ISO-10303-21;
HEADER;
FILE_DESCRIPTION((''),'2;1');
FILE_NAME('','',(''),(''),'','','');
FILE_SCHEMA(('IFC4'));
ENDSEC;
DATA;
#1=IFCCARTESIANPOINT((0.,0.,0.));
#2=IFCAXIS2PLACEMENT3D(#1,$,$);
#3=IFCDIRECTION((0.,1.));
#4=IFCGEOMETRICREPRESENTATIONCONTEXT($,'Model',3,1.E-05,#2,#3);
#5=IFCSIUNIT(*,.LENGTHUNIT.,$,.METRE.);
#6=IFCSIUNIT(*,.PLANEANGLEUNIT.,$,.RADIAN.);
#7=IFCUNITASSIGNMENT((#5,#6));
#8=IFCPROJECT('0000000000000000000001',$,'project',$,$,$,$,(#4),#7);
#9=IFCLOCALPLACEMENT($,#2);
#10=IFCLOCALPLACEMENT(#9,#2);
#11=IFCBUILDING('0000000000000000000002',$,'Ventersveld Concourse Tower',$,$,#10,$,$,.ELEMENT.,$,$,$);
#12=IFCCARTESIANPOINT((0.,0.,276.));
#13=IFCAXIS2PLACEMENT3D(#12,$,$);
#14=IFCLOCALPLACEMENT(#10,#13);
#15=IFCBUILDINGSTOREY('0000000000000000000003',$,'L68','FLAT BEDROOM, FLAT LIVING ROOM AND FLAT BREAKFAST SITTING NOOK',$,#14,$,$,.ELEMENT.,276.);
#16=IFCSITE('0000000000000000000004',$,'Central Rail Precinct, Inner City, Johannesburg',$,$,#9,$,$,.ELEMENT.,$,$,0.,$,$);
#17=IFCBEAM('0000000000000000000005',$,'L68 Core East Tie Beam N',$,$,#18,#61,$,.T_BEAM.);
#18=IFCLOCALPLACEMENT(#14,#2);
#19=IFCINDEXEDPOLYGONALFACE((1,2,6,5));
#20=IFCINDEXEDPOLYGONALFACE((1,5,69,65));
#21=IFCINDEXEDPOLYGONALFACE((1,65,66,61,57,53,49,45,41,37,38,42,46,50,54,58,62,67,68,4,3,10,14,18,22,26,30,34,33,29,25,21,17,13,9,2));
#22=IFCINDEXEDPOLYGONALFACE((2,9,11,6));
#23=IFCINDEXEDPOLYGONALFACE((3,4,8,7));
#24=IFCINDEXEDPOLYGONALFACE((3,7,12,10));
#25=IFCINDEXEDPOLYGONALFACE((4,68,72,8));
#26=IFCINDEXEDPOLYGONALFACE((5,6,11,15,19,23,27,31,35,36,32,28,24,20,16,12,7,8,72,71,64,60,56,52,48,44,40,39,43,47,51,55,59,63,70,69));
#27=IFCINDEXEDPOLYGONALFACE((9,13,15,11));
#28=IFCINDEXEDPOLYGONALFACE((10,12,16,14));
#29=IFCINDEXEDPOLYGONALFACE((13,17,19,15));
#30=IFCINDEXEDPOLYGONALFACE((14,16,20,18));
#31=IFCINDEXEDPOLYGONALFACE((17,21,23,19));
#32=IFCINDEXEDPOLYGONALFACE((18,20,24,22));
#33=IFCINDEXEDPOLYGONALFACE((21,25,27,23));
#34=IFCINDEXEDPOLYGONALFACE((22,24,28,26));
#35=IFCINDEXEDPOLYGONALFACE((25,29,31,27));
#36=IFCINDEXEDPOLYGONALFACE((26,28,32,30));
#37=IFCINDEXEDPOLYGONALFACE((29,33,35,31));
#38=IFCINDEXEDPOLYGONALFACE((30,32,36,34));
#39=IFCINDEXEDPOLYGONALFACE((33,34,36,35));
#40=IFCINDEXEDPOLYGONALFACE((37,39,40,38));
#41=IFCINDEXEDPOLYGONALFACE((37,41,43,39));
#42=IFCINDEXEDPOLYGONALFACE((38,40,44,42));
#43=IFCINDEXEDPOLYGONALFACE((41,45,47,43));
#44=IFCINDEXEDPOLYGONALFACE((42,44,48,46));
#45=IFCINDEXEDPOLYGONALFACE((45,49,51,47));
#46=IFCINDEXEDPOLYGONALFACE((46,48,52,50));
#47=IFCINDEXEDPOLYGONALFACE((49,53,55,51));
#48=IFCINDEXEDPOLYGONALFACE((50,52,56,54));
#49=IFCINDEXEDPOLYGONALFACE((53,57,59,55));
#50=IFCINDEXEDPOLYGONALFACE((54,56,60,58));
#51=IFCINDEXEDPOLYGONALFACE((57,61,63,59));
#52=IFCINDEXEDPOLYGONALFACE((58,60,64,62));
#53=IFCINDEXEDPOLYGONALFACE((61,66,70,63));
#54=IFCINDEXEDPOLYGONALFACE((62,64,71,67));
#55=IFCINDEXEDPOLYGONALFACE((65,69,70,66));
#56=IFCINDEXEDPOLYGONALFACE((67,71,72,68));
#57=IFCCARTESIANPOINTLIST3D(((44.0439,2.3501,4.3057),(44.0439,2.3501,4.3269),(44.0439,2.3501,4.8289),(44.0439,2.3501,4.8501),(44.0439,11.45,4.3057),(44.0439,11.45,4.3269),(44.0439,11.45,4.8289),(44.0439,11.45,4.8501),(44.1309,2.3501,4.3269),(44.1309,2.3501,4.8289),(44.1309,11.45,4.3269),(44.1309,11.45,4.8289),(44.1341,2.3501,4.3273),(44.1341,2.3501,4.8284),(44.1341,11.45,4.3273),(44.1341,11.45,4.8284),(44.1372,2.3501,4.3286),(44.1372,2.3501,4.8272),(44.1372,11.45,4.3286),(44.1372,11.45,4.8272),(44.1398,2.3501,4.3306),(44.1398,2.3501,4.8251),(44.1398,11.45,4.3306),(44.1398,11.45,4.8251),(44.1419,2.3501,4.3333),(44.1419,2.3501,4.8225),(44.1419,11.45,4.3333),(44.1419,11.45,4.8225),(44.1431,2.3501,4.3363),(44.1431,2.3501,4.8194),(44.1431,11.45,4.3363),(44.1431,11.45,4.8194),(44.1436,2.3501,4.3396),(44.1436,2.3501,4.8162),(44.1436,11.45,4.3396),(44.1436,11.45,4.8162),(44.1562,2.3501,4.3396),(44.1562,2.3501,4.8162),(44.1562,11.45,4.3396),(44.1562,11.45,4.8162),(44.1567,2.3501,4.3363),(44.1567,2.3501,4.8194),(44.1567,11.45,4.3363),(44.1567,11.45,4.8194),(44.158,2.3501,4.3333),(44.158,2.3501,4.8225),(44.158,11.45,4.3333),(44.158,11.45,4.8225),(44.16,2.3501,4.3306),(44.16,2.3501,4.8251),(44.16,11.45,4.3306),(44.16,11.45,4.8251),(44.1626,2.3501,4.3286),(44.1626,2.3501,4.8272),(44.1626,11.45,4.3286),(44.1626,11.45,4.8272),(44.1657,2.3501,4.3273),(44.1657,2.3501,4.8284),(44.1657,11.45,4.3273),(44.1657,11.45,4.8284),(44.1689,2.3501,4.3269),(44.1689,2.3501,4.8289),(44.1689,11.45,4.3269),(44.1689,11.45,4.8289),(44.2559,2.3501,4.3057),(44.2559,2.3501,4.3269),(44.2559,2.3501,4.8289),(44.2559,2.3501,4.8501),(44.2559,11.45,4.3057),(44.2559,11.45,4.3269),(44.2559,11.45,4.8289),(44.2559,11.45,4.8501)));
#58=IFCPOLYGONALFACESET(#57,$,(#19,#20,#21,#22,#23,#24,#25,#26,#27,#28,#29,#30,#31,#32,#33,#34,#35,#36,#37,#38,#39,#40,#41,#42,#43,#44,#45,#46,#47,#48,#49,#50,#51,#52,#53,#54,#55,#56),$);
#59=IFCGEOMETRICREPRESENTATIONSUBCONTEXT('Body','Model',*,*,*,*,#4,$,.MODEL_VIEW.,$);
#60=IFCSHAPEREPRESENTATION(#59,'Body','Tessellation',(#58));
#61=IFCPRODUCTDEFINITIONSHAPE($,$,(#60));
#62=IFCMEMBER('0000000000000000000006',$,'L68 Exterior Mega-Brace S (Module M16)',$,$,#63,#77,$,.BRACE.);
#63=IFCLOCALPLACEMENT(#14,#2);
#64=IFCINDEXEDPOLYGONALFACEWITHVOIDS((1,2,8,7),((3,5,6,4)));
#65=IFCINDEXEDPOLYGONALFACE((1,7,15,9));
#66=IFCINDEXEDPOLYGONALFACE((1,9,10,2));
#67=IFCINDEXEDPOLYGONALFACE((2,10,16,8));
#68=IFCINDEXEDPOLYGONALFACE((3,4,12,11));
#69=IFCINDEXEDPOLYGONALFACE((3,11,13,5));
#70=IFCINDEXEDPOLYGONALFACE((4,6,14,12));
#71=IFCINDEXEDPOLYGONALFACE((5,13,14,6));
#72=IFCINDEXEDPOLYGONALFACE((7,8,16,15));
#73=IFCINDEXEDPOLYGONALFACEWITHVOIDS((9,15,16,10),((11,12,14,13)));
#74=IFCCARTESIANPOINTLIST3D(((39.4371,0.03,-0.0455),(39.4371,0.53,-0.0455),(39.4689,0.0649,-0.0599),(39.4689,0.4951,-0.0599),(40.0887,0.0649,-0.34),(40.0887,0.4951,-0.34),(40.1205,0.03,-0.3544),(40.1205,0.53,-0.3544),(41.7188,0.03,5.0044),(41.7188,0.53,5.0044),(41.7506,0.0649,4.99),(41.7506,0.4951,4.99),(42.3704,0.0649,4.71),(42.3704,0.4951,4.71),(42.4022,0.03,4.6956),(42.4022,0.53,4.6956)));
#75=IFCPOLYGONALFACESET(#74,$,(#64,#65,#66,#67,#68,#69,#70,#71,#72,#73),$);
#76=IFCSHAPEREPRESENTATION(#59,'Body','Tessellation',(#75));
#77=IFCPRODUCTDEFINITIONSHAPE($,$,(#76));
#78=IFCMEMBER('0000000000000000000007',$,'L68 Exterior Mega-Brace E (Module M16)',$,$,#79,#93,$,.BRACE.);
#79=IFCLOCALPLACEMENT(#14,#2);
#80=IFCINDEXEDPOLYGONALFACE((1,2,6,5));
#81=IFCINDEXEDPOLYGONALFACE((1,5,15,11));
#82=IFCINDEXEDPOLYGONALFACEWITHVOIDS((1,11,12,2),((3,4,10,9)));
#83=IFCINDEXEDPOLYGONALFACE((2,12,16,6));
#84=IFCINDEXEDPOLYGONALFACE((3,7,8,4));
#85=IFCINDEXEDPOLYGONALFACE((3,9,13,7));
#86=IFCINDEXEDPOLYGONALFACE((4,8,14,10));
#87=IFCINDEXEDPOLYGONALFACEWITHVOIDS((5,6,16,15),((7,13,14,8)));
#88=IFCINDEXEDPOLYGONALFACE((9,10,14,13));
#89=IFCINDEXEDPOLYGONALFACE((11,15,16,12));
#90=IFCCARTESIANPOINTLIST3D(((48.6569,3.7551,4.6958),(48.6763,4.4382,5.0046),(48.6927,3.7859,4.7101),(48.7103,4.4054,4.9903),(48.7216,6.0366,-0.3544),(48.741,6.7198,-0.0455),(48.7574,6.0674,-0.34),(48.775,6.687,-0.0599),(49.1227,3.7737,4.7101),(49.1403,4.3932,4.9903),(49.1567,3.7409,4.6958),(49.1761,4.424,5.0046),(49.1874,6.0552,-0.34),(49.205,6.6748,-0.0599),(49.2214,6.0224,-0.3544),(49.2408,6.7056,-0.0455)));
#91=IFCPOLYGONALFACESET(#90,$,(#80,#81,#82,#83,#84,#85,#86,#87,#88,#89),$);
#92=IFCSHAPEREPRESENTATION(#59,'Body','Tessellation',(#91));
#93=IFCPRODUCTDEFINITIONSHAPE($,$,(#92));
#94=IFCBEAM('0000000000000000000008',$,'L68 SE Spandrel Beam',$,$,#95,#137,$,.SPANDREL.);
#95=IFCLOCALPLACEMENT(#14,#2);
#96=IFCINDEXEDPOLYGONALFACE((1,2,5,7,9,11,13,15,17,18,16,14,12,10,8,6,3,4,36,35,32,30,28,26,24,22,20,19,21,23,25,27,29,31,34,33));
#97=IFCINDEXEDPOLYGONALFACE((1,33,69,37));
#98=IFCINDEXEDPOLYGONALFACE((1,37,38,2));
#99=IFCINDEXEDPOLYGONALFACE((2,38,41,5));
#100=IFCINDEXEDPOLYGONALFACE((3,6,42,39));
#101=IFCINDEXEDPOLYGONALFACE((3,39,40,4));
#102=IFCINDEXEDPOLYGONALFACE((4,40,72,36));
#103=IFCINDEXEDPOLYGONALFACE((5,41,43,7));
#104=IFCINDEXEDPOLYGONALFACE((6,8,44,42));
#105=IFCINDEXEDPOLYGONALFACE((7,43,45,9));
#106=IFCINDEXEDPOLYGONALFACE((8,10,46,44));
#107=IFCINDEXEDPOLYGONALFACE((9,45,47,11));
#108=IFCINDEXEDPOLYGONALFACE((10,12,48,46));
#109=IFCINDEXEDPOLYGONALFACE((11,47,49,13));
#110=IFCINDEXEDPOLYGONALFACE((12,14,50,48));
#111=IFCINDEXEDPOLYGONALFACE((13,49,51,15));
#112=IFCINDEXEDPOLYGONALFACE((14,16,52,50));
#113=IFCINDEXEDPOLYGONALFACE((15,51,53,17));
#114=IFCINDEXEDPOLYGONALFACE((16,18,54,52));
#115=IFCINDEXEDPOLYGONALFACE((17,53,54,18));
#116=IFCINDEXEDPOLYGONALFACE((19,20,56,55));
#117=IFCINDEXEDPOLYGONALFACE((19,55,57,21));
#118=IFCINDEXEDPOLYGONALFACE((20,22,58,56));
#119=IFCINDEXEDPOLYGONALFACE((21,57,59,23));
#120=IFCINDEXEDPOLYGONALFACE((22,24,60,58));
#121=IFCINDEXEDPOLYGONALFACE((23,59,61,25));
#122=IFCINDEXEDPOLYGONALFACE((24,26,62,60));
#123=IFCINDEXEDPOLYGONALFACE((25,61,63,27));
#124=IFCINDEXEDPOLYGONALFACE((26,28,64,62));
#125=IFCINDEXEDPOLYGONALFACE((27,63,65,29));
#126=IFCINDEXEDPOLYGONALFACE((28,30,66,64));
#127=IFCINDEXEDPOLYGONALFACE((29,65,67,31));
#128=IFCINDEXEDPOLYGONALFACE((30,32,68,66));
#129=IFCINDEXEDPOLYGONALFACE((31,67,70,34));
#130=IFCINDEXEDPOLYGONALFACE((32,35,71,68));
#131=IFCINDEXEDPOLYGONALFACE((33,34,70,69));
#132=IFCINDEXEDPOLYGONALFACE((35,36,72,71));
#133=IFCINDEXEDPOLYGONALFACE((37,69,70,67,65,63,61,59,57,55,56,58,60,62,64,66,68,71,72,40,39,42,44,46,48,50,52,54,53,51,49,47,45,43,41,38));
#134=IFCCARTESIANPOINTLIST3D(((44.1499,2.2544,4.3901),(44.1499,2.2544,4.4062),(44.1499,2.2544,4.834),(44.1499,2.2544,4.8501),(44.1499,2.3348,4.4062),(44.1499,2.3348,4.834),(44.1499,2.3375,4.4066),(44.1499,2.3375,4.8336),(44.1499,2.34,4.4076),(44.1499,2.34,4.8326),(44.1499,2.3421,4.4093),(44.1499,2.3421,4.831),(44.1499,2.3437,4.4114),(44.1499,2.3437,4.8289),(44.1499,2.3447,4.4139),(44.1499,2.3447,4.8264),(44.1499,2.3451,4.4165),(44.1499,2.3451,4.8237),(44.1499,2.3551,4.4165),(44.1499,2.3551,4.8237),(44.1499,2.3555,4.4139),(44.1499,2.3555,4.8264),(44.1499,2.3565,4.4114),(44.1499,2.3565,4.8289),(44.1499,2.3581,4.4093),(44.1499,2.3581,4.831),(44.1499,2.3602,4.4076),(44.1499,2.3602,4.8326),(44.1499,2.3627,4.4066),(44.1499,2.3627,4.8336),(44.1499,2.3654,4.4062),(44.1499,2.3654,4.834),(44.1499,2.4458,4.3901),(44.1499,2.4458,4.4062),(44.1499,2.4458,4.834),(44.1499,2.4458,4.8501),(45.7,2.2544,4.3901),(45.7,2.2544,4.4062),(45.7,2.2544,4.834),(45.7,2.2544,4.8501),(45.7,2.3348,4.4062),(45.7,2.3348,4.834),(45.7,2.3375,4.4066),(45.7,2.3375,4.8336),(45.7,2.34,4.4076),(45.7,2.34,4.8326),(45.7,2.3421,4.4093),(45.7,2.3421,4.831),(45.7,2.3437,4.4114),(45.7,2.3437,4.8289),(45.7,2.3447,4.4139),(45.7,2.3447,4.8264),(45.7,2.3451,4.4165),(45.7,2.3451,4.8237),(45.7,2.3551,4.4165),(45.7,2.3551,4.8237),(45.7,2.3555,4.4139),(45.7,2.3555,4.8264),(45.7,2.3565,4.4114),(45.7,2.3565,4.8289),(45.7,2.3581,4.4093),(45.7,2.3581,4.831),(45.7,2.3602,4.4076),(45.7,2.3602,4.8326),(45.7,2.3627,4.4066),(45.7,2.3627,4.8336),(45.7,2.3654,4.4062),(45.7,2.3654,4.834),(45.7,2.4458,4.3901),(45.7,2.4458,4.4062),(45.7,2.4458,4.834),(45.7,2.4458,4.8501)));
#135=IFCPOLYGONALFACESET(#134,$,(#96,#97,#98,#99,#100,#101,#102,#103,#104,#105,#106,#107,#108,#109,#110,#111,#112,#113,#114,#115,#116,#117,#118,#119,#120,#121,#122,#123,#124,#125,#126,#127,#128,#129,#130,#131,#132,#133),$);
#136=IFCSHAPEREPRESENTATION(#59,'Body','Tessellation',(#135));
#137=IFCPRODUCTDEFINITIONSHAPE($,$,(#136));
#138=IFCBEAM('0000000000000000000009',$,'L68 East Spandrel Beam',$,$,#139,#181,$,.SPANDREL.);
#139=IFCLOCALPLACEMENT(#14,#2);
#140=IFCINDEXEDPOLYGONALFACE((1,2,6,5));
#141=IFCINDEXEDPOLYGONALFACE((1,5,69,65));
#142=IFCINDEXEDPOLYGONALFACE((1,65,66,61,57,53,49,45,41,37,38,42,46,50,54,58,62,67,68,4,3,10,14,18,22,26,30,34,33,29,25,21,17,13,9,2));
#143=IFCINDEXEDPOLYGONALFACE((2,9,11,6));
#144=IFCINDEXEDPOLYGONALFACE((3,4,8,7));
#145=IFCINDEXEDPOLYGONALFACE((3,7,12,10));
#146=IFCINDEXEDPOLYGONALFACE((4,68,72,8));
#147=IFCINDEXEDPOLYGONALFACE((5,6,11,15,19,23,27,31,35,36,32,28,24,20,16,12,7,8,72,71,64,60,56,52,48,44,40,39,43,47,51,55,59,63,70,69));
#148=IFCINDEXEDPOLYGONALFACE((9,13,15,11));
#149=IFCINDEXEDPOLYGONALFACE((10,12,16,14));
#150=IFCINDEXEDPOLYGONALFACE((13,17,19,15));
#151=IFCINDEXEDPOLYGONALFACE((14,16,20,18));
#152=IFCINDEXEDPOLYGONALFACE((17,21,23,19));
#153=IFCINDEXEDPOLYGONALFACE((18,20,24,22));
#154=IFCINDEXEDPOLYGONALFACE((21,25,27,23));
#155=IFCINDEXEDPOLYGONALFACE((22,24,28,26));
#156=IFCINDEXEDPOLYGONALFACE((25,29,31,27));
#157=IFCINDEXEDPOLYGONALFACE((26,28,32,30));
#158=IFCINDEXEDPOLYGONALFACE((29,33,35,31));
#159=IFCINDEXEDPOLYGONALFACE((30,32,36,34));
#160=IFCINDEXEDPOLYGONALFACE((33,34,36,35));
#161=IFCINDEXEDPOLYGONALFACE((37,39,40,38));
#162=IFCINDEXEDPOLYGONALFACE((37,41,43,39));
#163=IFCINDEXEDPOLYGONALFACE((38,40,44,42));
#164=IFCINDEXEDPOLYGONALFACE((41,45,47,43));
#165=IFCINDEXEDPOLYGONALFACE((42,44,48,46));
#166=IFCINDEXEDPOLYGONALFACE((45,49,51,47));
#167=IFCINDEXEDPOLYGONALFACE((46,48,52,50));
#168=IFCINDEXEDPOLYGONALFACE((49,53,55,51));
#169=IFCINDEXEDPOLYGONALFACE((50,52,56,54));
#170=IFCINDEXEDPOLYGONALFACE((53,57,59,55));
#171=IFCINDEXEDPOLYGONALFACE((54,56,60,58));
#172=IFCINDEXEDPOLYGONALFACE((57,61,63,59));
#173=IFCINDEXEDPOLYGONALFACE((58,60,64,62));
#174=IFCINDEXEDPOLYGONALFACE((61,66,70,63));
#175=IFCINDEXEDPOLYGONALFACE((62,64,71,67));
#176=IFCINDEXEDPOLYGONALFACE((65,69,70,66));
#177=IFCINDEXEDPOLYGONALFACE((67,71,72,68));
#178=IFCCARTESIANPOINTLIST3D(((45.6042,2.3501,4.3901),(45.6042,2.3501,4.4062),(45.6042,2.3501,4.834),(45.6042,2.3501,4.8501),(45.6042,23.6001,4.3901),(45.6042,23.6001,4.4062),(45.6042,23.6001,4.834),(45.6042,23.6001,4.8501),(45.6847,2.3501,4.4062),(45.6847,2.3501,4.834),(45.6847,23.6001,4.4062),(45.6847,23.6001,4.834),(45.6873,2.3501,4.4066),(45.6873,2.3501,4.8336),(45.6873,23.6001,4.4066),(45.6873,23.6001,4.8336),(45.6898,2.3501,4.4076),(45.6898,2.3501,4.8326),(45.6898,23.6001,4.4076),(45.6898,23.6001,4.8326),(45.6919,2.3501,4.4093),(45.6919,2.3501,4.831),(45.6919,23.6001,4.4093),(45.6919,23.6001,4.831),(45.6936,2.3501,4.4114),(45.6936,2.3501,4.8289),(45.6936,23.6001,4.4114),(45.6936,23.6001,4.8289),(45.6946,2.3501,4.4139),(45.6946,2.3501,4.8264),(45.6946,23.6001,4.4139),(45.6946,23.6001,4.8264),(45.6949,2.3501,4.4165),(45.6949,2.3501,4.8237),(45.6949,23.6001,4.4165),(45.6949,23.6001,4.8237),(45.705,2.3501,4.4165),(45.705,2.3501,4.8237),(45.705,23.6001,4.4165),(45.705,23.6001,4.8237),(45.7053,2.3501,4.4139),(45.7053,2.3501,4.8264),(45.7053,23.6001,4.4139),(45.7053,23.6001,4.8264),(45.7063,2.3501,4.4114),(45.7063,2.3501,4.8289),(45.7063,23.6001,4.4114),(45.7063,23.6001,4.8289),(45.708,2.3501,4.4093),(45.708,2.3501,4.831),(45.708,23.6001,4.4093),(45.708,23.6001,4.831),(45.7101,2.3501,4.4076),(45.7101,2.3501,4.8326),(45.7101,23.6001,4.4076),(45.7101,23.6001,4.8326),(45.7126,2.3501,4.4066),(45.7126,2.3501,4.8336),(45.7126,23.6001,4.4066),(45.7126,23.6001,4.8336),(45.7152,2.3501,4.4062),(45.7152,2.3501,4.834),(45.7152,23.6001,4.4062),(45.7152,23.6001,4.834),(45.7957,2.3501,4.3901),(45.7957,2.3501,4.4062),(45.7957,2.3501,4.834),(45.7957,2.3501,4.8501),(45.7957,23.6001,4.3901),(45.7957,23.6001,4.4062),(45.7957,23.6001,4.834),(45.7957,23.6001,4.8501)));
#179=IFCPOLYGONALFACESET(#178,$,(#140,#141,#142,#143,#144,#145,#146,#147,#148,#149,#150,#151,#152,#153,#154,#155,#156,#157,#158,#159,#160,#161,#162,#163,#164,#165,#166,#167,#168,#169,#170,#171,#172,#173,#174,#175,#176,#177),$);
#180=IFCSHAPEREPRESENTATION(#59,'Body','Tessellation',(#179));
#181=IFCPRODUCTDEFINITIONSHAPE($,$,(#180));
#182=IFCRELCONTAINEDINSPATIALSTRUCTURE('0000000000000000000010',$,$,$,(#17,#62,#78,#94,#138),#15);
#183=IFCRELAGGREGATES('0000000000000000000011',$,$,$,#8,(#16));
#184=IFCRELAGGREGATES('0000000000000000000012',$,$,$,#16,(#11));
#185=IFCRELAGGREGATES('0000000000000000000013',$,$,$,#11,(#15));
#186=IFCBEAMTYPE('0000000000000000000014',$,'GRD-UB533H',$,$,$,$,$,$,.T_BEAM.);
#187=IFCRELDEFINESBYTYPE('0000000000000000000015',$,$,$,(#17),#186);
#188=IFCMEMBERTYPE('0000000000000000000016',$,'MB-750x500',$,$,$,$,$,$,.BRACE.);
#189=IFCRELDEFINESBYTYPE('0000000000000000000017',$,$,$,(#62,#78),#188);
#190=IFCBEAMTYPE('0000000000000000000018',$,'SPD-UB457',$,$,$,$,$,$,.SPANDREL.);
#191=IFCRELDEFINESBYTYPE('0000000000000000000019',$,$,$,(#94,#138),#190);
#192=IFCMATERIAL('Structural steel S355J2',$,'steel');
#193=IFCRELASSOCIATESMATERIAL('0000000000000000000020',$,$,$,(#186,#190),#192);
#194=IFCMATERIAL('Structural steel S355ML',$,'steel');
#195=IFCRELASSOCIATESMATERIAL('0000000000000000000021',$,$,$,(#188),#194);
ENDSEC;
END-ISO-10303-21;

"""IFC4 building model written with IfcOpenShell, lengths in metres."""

from ifc_helpers import new_model, si_unit, direction, frame, origin, origin_2d, place, context, subcontext, project, spatial, hollow_rectangle, i_section, extrude, material, material_profile, profile_set, type_object, element, save


model = new_model("IFC4")

# Units and contexts
model_context = context("Model", 3, precision=1e-05, world=origin(), true_north=direction((0.0, 1.0)))
body_context = subcontext(model_context, "Body", "Model", "MODEL_VIEW")
ifc_project = project(units=[si_unit("LENGTHUNIT", "METRE"), si_unit("PLANEANGLEUNIT", "RADIAN")], contexts=[model_context])

# Site, building, storey
site_placement = place(None, origin())
site = spatial("IfcSite", under=ifc_project, at=site_placement, Name="Central Rail Precinct, Inner City, Johannesburg", CompositionType="ELEMENT", RefElevation=0.0)
building_placement = place(site_placement, origin())
building = spatial("IfcBuilding", under=site, at=building_placement, Name="Ventersveld Concourse Tower", CompositionType="ELEMENT")
storey_placement = place(building_placement, frame((0.0, 0.0, 276.0)))
storey = spatial("IfcBuildingStorey", under=building, at=storey_placement, Name="L68", Description="FLAT BEDROOM, FLAT LIVING ROOM AND FLAT BREAKFAST SITTING NOOK", CompositionType="ELEMENT", Elevation=276.0)

# Beam
ifc_material_1 = material(Name="Structural steel S355J2", Category="steel")
ifc_material_profile_1 = material_profile(ifc_material_1, i_section(OverallWidth=0.2119, OverallDepth=0.5444, WebThickness=0.0127, FlangeThickness=0.0212, FilletRadius=0.0127, at=origin_2d()), Name="UB 533x210x122")
ifc_profile_set_1 = profile_set([ifc_material_profile_1], Name="Structural steel S355J2")
beam_type_1 = type_object("IfcBeamType", Name="GRD-UB533H", PredefinedType="T_BEAM", material=ifc_profile_set_1)
beam_1_placement = place(storey_placement, frame((44.1499, 2.3501, 4.5779), z_axis=(0.0, 1.0, 0.0), x_axis=(-1.0, 0.0, 0.0)))
element("IfcBeam", 1, at=beam_1_placement, inside=storey, type_object=beam_type_1, Name="L68 Core East Tie Beam N", PredefinedType="T_BEAM", context=body_context, shape_type="SweptSolid", body=[
    extrude(i_section(OverallWidth=0.2119, OverallDepth=0.5444, WebThickness=0.0127, FlangeThickness=0.0212, FilletRadius=0.0127, at=origin_2d()), origin(), (0.0, 0.0, 1.0), 9.0999),
])

# Members
ifc_material_2 = material(Name="Structural steel S355ML", Category="steel")
ifc_material_profile_2 = material_profile(ifc_material_2, hollow_rectangle(XDim=0.5, YDim=0.75, WallThickness=0.0349, at=origin_2d()), Name="BOX 750x500x35")
ifc_profile_set_2 = profile_set([ifc_material_profile_2], Name="Structural steel S355ML")
member_type = type_object("IfcMemberType", Name="MB-750x500", PredefinedType="BRACE", material=ifc_profile_set_2)
member_1_placement = place(storey_placement, frame((39.7788, 0.28, -0.2), z_axis=(0.411747, 0.0, 0.911298), x_axis=(0.0, 1.0, 0.0)))
element("IfcMember", 2, at=member_1_placement, inside=storey, type_object=member_type, Name="L68 Exterior Mega-Brace S (Module M16)", PredefinedType="BRACE", context=body_context, shape_type="SweptSolid", body=[
    extrude(hollow_rectangle(XDim=0.5, YDim=0.75, WallThickness=0.0349, at=origin_2d()), origin(), (0.0, 0.0, 1.0), 5.5415),
])
member_2_placement = place(storey_placement, frame((48.9812, 6.3711, -0.2), z_axis=(-0.011674, -0.411683, 0.911253), x_axis=(0.999598, -0.028346, 0.0)))
element("IfcMember", 3, at=member_2_placement, inside=storey, type_object=member_type, Name="L68 Exterior Mega-Brace E (Module M16)", PredefinedType="BRACE", context=body_context, shape_type="SweptSolid", body=[
    extrude(hollow_rectangle(XDim=0.5, YDim=0.75, WallThickness=0.0349, at=origin_2d()), origin(), (0.0, 0.0, 1.0), 5.542),
])

# Beams
ifc_material_profile_3 = material_profile(ifc_material_1, i_section(OverallWidth=0.1914, OverallDepth=0.46, WebThickness=0.01, FlangeThickness=0.0161, FilletRadius=0.0103, at=origin_2d()), Name="UB 457x191x82")
ifc_profile_set_3 = profile_set([ifc_material_profile_3], Name="Structural steel S355J2")
beam_type_2 = type_object("IfcBeamType", Name="SPD-UB457", PredefinedType="SPANDREL", material=ifc_profile_set_3)
beam_2_placement = place(storey_placement, frame((44.1499, 2.3501, 4.6201), z_axis=(1.0, 0.0, 0.0), x_axis=(0.0, 1.0, 0.0)))
element("IfcBeam", 4, at=beam_2_placement, inside=storey, type_object=beam_type_2, Name="L68 SE Spandrel Beam", PredefinedType="SPANDREL", context=body_context, shape_type="SweptSolid", body=[
    extrude(i_section(OverallWidth=0.1914, OverallDepth=0.46, WebThickness=0.01, FlangeThickness=0.0161, FilletRadius=0.0103, at=origin_2d()), origin(), (0.0, 0.0, 1.0), 1.55),
])
beam_3_placement = place(storey_placement, frame((45.7, 2.3501, 4.6201), z_axis=(0.0, 1.0, 0.0), x_axis=(-1.0, 0.0, 0.0)))
element("IfcBeam", 5, at=beam_3_placement, inside=storey, type_object=beam_type_2, Name="L68 East Spandrel Beam", PredefinedType="SPANDREL", context=body_context, shape_type="SweptSolid", body=[
    extrude(i_section(OverallWidth=0.1914, OverallDepth=0.46, WebThickness=0.01, FlangeThickness=0.0161, FilletRadius=0.0103, at=origin_2d()), origin(), (0.0, 0.0, 1.0), 21.25),
])

save(model, "model.ifc")
